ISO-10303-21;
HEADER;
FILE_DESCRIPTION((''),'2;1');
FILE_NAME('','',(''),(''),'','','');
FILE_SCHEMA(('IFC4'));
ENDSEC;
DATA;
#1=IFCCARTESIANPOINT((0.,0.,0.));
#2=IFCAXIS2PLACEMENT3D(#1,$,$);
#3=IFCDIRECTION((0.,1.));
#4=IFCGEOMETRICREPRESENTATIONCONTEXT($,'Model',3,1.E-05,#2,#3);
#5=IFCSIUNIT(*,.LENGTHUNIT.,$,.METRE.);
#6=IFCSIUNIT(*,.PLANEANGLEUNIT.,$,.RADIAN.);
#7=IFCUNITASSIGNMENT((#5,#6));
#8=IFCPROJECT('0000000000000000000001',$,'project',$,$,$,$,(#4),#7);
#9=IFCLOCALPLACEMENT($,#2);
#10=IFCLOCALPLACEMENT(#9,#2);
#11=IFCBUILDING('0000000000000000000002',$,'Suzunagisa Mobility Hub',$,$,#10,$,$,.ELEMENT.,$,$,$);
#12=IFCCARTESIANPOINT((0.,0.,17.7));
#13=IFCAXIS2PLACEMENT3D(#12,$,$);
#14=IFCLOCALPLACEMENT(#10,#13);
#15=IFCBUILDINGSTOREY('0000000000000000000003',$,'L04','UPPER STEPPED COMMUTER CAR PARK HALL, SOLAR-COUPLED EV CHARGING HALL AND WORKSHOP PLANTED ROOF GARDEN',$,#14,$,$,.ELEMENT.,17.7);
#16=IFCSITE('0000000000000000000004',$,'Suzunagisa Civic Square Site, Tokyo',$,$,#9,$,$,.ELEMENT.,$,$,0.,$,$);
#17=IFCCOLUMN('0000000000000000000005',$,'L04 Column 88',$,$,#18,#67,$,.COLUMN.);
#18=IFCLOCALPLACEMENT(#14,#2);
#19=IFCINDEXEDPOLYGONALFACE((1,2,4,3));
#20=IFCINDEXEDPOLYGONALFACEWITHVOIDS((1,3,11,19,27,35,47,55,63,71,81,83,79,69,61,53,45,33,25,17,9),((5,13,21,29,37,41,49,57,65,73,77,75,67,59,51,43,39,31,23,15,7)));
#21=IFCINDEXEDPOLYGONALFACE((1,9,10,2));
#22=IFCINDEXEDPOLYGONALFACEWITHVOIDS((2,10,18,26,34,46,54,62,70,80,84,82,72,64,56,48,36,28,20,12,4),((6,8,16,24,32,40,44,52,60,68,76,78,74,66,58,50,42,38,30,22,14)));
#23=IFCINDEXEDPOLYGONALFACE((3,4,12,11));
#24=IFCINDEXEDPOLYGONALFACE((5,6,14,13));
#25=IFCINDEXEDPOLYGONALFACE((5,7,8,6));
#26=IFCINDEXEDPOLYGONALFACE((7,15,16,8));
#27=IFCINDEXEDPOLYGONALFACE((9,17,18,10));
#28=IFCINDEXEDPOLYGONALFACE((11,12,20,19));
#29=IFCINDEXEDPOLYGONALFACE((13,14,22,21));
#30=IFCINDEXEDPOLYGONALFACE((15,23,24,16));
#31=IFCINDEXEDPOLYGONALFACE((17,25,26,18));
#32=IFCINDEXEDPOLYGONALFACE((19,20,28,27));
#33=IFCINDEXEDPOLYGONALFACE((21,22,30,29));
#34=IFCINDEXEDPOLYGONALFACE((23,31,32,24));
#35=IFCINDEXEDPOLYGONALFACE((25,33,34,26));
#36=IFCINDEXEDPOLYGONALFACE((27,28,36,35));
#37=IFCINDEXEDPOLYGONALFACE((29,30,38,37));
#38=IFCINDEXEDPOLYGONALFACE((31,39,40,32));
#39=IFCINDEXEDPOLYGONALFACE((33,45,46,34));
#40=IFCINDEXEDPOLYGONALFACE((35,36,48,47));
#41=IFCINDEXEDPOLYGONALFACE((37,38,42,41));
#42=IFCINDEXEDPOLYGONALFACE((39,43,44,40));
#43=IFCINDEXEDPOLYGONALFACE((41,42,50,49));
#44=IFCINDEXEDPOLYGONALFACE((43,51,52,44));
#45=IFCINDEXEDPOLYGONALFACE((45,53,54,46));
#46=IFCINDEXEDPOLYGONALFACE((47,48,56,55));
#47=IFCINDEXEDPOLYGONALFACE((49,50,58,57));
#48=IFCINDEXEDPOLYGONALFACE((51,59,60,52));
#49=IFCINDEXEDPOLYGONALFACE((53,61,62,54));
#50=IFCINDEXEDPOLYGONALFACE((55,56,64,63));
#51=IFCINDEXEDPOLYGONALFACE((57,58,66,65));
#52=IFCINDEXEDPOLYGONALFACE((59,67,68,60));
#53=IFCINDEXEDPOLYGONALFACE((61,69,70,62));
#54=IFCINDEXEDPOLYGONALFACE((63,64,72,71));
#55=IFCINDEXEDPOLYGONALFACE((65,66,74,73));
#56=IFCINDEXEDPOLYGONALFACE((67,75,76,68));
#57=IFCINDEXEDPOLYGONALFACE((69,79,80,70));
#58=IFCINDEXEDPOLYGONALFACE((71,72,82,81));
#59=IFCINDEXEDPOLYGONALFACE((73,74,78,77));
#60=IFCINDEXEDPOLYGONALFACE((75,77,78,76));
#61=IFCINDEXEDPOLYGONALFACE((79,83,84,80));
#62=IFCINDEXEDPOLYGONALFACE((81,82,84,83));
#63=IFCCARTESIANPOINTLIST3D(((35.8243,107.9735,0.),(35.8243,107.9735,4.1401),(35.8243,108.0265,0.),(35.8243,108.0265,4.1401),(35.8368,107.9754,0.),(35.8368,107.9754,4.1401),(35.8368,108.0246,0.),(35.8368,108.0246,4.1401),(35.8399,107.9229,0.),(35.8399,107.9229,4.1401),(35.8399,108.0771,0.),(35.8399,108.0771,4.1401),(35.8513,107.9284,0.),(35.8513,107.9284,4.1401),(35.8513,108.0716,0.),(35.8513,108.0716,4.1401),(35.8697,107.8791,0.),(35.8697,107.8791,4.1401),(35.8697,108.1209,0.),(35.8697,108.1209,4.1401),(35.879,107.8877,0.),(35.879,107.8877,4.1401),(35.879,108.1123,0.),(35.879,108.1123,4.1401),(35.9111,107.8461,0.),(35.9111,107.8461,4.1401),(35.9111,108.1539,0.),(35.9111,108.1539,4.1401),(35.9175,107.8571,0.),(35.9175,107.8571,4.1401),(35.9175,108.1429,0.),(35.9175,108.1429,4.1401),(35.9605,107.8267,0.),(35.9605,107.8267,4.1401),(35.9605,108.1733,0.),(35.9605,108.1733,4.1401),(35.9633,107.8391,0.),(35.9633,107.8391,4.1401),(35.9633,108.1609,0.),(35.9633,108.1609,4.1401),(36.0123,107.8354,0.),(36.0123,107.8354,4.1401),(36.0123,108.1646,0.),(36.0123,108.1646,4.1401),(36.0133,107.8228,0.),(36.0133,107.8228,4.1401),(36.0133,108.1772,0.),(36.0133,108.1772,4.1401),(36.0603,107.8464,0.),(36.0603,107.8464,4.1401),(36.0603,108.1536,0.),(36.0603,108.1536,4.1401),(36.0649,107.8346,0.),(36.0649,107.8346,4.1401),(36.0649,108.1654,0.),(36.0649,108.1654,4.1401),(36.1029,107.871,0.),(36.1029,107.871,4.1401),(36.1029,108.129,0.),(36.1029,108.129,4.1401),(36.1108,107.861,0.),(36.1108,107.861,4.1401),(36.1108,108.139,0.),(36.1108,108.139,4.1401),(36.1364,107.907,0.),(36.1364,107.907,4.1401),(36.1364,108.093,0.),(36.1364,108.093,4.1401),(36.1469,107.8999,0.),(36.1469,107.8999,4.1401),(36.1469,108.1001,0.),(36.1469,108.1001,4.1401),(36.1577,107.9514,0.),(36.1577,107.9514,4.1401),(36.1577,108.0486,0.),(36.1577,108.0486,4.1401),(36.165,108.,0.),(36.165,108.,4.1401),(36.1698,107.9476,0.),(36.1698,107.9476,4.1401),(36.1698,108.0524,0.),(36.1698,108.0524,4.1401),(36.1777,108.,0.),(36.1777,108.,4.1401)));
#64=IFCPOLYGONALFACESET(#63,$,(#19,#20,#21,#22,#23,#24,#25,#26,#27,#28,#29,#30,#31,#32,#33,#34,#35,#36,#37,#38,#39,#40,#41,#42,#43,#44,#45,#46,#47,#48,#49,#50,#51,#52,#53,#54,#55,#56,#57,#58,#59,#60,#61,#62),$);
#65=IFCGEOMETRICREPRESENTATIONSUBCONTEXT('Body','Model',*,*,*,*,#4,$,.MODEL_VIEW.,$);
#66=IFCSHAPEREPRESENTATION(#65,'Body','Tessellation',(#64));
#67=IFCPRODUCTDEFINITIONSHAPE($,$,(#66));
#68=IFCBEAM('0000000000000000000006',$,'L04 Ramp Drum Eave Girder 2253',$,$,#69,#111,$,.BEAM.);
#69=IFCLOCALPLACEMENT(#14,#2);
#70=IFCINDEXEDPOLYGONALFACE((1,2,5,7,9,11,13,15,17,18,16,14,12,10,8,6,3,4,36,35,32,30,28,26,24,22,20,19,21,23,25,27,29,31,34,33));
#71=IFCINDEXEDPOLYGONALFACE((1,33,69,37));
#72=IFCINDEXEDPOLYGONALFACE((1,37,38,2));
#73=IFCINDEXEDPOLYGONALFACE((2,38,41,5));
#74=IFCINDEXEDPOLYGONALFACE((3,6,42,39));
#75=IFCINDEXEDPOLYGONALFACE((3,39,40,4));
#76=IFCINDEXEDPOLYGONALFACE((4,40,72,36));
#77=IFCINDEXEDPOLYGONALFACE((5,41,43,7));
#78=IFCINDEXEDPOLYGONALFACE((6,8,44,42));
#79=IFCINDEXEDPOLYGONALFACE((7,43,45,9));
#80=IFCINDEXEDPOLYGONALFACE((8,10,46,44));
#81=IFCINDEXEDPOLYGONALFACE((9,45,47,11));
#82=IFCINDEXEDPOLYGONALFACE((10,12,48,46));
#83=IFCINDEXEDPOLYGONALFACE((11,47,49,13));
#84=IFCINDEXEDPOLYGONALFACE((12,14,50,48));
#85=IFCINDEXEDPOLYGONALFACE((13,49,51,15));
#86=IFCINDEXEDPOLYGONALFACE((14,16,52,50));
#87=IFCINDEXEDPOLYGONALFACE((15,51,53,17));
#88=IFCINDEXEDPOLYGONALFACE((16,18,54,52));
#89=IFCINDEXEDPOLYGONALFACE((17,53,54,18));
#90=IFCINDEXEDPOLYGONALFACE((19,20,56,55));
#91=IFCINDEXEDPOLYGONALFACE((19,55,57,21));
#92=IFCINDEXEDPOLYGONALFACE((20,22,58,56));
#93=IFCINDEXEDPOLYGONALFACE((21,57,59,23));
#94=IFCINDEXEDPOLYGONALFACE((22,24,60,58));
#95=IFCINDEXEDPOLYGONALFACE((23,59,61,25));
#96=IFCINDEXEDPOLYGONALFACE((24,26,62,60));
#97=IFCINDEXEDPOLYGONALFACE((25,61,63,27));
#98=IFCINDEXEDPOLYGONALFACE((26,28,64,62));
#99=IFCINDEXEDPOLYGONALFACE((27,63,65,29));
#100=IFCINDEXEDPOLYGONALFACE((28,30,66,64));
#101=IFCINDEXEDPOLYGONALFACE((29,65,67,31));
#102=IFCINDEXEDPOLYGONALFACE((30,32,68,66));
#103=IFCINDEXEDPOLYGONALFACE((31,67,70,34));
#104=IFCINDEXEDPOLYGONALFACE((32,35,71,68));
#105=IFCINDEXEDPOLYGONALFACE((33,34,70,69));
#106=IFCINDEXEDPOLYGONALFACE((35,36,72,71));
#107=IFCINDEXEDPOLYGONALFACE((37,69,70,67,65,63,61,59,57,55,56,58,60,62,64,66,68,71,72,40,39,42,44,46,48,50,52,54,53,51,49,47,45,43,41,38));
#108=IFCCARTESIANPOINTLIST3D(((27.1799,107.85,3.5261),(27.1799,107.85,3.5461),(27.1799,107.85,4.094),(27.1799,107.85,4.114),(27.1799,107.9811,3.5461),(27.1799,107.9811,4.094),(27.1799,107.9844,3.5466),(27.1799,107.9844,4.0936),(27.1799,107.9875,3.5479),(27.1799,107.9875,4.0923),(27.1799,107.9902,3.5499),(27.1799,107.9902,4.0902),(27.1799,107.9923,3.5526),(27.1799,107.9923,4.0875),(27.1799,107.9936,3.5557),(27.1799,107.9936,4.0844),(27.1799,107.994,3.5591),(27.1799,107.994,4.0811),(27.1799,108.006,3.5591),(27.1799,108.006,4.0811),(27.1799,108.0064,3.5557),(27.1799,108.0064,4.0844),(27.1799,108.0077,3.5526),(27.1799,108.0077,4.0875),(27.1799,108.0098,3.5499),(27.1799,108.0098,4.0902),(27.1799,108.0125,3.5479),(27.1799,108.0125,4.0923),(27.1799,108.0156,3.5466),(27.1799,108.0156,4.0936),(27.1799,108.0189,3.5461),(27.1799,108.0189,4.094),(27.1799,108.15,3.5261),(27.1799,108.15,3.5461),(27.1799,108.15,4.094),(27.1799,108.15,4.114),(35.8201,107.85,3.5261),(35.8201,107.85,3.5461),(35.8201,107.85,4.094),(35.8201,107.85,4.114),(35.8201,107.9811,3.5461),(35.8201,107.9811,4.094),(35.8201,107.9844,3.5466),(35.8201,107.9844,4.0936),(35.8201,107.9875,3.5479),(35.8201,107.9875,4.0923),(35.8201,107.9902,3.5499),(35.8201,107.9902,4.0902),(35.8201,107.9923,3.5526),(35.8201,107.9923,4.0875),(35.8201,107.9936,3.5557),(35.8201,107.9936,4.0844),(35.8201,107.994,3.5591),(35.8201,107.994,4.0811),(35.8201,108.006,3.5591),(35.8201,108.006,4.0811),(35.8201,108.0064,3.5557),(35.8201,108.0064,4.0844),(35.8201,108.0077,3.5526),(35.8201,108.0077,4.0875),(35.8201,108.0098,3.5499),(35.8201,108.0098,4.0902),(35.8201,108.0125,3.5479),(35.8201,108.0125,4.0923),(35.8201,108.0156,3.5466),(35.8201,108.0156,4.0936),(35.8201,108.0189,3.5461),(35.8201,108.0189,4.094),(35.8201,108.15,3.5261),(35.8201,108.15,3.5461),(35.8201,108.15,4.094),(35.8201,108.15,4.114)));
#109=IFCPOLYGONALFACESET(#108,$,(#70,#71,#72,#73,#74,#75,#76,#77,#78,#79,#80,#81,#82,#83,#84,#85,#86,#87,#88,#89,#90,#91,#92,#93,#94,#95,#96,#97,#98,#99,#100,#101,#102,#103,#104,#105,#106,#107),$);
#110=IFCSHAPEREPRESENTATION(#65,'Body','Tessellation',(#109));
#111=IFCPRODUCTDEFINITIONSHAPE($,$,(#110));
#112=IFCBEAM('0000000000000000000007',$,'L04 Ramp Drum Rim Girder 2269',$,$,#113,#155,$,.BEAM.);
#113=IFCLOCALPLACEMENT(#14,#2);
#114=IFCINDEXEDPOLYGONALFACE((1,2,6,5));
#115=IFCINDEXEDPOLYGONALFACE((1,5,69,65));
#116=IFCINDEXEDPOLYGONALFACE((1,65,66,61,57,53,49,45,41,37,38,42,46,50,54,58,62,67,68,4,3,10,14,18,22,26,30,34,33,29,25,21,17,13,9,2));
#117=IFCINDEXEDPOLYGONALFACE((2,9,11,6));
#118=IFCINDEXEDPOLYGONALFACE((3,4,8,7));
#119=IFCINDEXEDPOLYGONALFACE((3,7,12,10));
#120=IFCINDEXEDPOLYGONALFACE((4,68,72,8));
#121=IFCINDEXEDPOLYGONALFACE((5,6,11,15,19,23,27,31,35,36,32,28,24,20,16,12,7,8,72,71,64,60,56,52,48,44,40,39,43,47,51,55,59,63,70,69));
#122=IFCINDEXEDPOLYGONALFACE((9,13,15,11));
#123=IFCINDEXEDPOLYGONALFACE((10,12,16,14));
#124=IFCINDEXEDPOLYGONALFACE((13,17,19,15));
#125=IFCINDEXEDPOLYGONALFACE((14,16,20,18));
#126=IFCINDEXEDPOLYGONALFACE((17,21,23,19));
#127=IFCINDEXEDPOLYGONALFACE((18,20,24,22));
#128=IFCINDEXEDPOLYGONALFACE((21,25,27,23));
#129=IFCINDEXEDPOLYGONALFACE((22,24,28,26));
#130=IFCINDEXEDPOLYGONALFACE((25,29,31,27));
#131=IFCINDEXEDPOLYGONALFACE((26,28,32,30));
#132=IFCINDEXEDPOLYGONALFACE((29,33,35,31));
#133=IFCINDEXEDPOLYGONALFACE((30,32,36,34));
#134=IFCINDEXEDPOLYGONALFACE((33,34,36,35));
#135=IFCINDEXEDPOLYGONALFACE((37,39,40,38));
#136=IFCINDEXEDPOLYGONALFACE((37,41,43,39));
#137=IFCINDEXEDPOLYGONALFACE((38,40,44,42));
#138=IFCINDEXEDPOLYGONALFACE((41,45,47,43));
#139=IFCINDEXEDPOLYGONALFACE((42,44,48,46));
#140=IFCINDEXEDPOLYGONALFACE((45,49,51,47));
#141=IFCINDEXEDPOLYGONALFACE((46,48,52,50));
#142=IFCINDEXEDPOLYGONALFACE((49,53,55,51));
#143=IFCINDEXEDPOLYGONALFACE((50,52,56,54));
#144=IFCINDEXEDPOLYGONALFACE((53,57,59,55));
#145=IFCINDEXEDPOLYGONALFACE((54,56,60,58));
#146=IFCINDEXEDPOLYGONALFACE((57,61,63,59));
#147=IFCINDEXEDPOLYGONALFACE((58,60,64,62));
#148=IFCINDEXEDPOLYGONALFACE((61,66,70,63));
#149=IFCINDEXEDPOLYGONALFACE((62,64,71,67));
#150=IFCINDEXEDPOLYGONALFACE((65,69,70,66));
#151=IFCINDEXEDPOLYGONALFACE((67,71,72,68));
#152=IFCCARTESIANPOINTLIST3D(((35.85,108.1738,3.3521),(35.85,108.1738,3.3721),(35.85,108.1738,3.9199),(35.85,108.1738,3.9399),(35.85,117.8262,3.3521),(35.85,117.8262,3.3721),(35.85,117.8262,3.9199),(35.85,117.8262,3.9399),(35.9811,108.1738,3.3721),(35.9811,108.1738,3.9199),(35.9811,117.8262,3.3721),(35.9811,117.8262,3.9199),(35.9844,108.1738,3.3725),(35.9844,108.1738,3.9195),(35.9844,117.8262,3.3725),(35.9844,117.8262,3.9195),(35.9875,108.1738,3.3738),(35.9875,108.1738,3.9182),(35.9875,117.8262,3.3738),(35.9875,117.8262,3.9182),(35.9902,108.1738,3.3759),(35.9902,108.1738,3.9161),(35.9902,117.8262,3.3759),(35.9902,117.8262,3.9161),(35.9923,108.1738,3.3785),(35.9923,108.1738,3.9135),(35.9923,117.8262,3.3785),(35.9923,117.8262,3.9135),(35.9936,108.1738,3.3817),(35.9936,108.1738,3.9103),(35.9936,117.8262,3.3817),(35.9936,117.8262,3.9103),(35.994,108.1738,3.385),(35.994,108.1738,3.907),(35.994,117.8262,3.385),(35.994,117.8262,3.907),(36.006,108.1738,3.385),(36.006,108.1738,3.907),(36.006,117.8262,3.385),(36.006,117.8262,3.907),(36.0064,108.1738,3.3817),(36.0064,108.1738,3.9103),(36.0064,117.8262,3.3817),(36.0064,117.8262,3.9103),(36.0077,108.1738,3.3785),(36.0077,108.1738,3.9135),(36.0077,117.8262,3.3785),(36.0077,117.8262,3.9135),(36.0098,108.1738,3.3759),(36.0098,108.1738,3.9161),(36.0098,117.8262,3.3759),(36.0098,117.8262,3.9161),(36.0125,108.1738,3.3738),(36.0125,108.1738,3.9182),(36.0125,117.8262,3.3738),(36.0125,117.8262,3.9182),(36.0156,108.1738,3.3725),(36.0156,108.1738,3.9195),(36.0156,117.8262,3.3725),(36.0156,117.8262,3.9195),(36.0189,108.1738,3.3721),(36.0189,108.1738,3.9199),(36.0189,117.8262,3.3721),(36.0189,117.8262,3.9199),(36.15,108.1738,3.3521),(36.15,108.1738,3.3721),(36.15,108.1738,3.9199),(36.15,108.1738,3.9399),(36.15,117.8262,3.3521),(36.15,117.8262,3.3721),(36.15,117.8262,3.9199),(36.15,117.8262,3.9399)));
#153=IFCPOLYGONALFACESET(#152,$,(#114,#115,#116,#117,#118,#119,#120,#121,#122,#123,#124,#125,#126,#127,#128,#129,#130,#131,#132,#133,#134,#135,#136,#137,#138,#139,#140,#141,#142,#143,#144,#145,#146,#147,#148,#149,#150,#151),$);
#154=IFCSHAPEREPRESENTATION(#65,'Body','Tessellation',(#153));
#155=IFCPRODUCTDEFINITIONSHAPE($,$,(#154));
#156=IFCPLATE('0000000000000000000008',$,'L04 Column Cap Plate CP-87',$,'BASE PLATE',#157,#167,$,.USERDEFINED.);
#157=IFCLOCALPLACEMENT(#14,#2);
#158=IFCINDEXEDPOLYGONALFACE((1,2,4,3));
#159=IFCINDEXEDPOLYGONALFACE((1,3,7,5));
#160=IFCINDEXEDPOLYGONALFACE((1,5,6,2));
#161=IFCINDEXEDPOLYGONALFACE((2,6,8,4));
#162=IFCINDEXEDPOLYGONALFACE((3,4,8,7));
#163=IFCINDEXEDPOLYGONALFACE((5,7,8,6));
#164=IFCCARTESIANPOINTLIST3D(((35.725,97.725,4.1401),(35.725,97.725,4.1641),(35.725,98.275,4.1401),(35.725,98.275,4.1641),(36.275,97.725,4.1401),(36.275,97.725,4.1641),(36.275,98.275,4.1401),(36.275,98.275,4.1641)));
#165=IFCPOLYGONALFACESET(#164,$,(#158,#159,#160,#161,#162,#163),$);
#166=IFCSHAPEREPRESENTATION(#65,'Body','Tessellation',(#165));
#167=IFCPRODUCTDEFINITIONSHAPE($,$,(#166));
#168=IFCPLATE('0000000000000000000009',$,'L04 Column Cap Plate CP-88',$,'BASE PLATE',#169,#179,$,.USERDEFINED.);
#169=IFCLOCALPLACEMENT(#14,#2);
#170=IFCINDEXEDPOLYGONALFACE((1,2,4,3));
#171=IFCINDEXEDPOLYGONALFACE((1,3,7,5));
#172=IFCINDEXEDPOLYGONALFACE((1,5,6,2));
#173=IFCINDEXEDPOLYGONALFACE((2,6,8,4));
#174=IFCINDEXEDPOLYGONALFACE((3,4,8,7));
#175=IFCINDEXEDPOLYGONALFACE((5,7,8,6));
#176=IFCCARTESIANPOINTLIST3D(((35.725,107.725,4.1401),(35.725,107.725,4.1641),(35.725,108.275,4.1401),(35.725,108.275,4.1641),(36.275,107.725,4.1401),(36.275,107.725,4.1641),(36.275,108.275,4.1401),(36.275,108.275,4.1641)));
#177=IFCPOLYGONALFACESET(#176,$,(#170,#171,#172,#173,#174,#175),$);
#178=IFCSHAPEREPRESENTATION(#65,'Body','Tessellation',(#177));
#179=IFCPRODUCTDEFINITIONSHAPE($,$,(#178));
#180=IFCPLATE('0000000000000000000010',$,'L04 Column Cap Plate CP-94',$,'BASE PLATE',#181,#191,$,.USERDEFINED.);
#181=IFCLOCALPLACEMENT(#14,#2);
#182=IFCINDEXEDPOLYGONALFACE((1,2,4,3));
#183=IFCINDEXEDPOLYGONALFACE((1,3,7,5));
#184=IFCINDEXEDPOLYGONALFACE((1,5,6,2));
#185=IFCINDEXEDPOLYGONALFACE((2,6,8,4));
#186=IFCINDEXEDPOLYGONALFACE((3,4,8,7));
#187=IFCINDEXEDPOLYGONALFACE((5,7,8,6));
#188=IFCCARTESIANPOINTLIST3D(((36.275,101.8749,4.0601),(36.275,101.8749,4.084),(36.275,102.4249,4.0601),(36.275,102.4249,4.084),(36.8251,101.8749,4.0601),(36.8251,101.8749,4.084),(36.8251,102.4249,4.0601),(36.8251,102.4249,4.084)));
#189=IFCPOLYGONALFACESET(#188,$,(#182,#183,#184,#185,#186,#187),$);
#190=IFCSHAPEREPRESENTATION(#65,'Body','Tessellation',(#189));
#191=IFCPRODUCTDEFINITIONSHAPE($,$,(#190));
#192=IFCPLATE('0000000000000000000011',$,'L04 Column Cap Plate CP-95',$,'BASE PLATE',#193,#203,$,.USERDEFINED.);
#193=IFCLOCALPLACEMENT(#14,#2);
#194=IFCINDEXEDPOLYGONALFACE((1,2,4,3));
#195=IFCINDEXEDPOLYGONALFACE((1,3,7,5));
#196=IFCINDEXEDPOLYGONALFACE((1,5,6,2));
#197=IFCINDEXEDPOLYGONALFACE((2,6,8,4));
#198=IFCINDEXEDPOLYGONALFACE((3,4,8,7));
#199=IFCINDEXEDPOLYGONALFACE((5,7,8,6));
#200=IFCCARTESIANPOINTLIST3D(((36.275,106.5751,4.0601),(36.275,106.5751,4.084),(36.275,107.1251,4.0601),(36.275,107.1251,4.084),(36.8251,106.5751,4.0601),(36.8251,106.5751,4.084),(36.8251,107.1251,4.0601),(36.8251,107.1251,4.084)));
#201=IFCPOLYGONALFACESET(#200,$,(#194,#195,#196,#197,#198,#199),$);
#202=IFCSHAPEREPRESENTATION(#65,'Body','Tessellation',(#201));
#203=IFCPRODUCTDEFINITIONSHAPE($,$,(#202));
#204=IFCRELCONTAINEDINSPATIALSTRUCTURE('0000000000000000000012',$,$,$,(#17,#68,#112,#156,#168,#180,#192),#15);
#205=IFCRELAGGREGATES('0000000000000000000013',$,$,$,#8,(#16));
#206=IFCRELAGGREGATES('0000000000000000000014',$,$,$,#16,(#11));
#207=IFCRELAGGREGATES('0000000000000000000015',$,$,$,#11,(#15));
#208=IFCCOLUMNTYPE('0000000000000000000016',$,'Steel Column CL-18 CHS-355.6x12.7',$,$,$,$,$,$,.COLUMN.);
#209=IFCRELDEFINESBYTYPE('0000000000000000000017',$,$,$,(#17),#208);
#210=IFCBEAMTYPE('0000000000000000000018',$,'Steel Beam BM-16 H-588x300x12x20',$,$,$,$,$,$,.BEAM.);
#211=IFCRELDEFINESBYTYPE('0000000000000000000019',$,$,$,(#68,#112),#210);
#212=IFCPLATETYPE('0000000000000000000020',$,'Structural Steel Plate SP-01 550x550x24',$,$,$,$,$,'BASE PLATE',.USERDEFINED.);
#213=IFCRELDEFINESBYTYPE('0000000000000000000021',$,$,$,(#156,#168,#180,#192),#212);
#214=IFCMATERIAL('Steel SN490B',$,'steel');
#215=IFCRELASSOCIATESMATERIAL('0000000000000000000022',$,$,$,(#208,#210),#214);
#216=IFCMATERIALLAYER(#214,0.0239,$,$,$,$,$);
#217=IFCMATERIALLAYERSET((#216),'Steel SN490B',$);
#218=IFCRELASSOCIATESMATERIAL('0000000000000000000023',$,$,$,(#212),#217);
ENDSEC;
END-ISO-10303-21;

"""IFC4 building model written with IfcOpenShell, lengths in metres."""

from ifc_helpers import new_model, si_unit, direction, frame, origin, origin_2d, place, context, subcontext, project, spatial, rectangle, hollow_circle, i_section, extrude, material, layer, layer_set, material_profile, profile_set, type_object, element, save


model = new_model("IFC4")

# Units and contexts
model_context = context("Model", 3, precision=1e-05, world=origin(), true_north=direction((0.0, 1.0)))
body_context = subcontext(model_context, "Body", "Model", "MODEL_VIEW")
ifc_project = project(units=[si_unit("LENGTHUNIT", "METRE"), si_unit("PLANEANGLEUNIT", "RADIAN")], contexts=[model_context])

# Site, building, storey
site_placement = place(None, origin())
site = spatial("IfcSite", under=ifc_project, at=site_placement, Name="Suzunagisa Civic Square Site, Tokyo", CompositionType="ELEMENT", RefElevation=0.0)
building_placement = place(site_placement, origin())
building = spatial("IfcBuilding", under=site, at=building_placement, Name="Suzunagisa Mobility Hub", CompositionType="ELEMENT")
storey_placement = place(building_placement, frame((0.0, 0.0, 17.7)))
storey = spatial("IfcBuildingStorey", under=building, at=storey_placement, Name="L04", Description="UPPER STEPPED COMMUTER CAR PARK HALL, SOLAR-COUPLED EV CHARGING HALL AND WORKSHOP PLANTED ROOF GARDEN", CompositionType="ELEMENT", Elevation=17.7)

# Column
ifc_material_1 = material(Name="Steel SN490B", Category="steel")
ifc_material_profile_1 = material_profile(ifc_material_1, hollow_circle(Radius=0.1777, WallThickness=0.0127, at=origin_2d()), Name="CHS-355.6x12.7")
ifc_profile_set_1 = profile_set([ifc_material_profile_1], Name="Steel SN490B")
column_type_1 = type_object("IfcColumnType", Name="Steel Column CL-18 CHS-355.6x12.7", PredefinedType="COLUMN", material=ifc_profile_set_1)
for number, where, z_axis, x_axis, name in (
    (1, (36.0, 108.0, 0.0), (0.0, 0.0, 1.0), (1.0, 0.0, 0.0), "L04 Column 88"),
):
    element("IfcColumn", number, at=place(storey_placement, frame(where, z_axis=z_axis, x_axis=x_axis)), inside=storey, type_object=column_type_1, Name=name, PredefinedType="COLUMN", context=body_context, shape_type="SweptSolid", body=[
        extrude(hollow_circle(Radius=0.1777, WallThickness=0.0127, at=origin_2d()), origin(), (0.0, 0.0, 1.0), 4.1401),
    ])

# Beams
ifc_material_profile_2 = material_profile(ifc_material_1, i_section(OverallWidth=0.3, OverallDepth=0.5879, WebThickness=0.012, FlangeThickness=0.02, FilletRadius=0.0129, at=origin_2d()), Name="H-588x300x12x20")
ifc_profile_set_2 = profile_set([ifc_material_profile_2], Name="Steel SN490B")
beam_type = type_object("IfcBeamType", Name="Steel Beam BM-16 H-588x300x12x20", PredefinedType="BEAM", material=ifc_profile_set_2)
beam_1_placement = place(storey_placement, frame((27.1799, 108.0, 3.8201), z_axis=(1.0, 0.0, 0.0), x_axis=(0.0, 1.0, 0.0)))
element("IfcBeam", 2, at=beam_1_placement, inside=storey, type_object=beam_type, Name="L04 Ramp Drum Eave Girder 2253", PredefinedType="BEAM", context=body_context, shape_type="SweptSolid", body=[
    extrude(i_section(OverallWidth=0.3, OverallDepth=0.5879, WebThickness=0.012, FlangeThickness=0.02, FilletRadius=0.0129, at=origin_2d()), origin(), (0.0, 0.0, 1.0), 8.6401),
])
beam_2_placement = place(storey_placement, frame((36.0, 108.1738, 3.646), z_axis=(0.0, 1.0, 0.0), x_axis=(-1.0, 0.0, 0.0)))
element("IfcBeam", 3, at=beam_2_placement, inside=storey, type_object=beam_type, Name="L04 Ramp Drum Rim Girder 2269", PredefinedType="BEAM", context=body_context, shape_type="SweptSolid", body=[
    extrude(i_section(OverallWidth=0.3, OverallDepth=0.5879, WebThickness=0.012, FlangeThickness=0.02, FilletRadius=0.0129, at=origin_2d()), origin(), (0.0, 0.0, 1.0), 9.6523),
])

# Plates
ifc_layer = layer(ifc_material_1, 0.0239)
ifc_layer_set = layer_set([ifc_layer], Name="Steel SN490B")
plate_type = type_object("IfcPlateType", Name="Structural Steel Plate SP-01 550x550x24", ElementType="BASE PLATE", PredefinedType="USERDEFINED", material=ifc_layer_set)
for number, where, z_axis, x_axis, name in (
    (4, (36.0, 98.0, 4.1401), (0.0, 0.0, 1.0), (1.0, 0.0, 0.0), "L04 Column Cap Plate CP-87"),
    (5, (36.0, 108.0, 4.1401), (0.0, 0.0, 1.0), (1.0, 0.0, 0.0), "L04 Column Cap Plate CP-88"),
    (6, (36.55, 102.1499, 4.0601), (0.0, 0.0, 1.0), (1.0, 0.0, 0.0), "L04 Column Cap Plate CP-94"),
    (7, (36.55, 106.8501, 4.0601), (0.0, 0.0, 1.0), (1.0, 0.0, 0.0), "L04 Column Cap Plate CP-95"),
):
    element("IfcPlate", number, at=place(storey_placement, frame(where, z_axis=z_axis, x_axis=x_axis)), inside=storey, type_object=plate_type, Name=name, ObjectType="BASE PLATE", PredefinedType="USERDEFINED", context=body_context, shape_type="SweptSolid", body=[
        extrude(rectangle(XDim=0.55, YDim=0.55, at=origin_2d()), origin(), (0.0, 0.0, 1.0), 0.0239),
    ])

save(model, "model.ifc")
